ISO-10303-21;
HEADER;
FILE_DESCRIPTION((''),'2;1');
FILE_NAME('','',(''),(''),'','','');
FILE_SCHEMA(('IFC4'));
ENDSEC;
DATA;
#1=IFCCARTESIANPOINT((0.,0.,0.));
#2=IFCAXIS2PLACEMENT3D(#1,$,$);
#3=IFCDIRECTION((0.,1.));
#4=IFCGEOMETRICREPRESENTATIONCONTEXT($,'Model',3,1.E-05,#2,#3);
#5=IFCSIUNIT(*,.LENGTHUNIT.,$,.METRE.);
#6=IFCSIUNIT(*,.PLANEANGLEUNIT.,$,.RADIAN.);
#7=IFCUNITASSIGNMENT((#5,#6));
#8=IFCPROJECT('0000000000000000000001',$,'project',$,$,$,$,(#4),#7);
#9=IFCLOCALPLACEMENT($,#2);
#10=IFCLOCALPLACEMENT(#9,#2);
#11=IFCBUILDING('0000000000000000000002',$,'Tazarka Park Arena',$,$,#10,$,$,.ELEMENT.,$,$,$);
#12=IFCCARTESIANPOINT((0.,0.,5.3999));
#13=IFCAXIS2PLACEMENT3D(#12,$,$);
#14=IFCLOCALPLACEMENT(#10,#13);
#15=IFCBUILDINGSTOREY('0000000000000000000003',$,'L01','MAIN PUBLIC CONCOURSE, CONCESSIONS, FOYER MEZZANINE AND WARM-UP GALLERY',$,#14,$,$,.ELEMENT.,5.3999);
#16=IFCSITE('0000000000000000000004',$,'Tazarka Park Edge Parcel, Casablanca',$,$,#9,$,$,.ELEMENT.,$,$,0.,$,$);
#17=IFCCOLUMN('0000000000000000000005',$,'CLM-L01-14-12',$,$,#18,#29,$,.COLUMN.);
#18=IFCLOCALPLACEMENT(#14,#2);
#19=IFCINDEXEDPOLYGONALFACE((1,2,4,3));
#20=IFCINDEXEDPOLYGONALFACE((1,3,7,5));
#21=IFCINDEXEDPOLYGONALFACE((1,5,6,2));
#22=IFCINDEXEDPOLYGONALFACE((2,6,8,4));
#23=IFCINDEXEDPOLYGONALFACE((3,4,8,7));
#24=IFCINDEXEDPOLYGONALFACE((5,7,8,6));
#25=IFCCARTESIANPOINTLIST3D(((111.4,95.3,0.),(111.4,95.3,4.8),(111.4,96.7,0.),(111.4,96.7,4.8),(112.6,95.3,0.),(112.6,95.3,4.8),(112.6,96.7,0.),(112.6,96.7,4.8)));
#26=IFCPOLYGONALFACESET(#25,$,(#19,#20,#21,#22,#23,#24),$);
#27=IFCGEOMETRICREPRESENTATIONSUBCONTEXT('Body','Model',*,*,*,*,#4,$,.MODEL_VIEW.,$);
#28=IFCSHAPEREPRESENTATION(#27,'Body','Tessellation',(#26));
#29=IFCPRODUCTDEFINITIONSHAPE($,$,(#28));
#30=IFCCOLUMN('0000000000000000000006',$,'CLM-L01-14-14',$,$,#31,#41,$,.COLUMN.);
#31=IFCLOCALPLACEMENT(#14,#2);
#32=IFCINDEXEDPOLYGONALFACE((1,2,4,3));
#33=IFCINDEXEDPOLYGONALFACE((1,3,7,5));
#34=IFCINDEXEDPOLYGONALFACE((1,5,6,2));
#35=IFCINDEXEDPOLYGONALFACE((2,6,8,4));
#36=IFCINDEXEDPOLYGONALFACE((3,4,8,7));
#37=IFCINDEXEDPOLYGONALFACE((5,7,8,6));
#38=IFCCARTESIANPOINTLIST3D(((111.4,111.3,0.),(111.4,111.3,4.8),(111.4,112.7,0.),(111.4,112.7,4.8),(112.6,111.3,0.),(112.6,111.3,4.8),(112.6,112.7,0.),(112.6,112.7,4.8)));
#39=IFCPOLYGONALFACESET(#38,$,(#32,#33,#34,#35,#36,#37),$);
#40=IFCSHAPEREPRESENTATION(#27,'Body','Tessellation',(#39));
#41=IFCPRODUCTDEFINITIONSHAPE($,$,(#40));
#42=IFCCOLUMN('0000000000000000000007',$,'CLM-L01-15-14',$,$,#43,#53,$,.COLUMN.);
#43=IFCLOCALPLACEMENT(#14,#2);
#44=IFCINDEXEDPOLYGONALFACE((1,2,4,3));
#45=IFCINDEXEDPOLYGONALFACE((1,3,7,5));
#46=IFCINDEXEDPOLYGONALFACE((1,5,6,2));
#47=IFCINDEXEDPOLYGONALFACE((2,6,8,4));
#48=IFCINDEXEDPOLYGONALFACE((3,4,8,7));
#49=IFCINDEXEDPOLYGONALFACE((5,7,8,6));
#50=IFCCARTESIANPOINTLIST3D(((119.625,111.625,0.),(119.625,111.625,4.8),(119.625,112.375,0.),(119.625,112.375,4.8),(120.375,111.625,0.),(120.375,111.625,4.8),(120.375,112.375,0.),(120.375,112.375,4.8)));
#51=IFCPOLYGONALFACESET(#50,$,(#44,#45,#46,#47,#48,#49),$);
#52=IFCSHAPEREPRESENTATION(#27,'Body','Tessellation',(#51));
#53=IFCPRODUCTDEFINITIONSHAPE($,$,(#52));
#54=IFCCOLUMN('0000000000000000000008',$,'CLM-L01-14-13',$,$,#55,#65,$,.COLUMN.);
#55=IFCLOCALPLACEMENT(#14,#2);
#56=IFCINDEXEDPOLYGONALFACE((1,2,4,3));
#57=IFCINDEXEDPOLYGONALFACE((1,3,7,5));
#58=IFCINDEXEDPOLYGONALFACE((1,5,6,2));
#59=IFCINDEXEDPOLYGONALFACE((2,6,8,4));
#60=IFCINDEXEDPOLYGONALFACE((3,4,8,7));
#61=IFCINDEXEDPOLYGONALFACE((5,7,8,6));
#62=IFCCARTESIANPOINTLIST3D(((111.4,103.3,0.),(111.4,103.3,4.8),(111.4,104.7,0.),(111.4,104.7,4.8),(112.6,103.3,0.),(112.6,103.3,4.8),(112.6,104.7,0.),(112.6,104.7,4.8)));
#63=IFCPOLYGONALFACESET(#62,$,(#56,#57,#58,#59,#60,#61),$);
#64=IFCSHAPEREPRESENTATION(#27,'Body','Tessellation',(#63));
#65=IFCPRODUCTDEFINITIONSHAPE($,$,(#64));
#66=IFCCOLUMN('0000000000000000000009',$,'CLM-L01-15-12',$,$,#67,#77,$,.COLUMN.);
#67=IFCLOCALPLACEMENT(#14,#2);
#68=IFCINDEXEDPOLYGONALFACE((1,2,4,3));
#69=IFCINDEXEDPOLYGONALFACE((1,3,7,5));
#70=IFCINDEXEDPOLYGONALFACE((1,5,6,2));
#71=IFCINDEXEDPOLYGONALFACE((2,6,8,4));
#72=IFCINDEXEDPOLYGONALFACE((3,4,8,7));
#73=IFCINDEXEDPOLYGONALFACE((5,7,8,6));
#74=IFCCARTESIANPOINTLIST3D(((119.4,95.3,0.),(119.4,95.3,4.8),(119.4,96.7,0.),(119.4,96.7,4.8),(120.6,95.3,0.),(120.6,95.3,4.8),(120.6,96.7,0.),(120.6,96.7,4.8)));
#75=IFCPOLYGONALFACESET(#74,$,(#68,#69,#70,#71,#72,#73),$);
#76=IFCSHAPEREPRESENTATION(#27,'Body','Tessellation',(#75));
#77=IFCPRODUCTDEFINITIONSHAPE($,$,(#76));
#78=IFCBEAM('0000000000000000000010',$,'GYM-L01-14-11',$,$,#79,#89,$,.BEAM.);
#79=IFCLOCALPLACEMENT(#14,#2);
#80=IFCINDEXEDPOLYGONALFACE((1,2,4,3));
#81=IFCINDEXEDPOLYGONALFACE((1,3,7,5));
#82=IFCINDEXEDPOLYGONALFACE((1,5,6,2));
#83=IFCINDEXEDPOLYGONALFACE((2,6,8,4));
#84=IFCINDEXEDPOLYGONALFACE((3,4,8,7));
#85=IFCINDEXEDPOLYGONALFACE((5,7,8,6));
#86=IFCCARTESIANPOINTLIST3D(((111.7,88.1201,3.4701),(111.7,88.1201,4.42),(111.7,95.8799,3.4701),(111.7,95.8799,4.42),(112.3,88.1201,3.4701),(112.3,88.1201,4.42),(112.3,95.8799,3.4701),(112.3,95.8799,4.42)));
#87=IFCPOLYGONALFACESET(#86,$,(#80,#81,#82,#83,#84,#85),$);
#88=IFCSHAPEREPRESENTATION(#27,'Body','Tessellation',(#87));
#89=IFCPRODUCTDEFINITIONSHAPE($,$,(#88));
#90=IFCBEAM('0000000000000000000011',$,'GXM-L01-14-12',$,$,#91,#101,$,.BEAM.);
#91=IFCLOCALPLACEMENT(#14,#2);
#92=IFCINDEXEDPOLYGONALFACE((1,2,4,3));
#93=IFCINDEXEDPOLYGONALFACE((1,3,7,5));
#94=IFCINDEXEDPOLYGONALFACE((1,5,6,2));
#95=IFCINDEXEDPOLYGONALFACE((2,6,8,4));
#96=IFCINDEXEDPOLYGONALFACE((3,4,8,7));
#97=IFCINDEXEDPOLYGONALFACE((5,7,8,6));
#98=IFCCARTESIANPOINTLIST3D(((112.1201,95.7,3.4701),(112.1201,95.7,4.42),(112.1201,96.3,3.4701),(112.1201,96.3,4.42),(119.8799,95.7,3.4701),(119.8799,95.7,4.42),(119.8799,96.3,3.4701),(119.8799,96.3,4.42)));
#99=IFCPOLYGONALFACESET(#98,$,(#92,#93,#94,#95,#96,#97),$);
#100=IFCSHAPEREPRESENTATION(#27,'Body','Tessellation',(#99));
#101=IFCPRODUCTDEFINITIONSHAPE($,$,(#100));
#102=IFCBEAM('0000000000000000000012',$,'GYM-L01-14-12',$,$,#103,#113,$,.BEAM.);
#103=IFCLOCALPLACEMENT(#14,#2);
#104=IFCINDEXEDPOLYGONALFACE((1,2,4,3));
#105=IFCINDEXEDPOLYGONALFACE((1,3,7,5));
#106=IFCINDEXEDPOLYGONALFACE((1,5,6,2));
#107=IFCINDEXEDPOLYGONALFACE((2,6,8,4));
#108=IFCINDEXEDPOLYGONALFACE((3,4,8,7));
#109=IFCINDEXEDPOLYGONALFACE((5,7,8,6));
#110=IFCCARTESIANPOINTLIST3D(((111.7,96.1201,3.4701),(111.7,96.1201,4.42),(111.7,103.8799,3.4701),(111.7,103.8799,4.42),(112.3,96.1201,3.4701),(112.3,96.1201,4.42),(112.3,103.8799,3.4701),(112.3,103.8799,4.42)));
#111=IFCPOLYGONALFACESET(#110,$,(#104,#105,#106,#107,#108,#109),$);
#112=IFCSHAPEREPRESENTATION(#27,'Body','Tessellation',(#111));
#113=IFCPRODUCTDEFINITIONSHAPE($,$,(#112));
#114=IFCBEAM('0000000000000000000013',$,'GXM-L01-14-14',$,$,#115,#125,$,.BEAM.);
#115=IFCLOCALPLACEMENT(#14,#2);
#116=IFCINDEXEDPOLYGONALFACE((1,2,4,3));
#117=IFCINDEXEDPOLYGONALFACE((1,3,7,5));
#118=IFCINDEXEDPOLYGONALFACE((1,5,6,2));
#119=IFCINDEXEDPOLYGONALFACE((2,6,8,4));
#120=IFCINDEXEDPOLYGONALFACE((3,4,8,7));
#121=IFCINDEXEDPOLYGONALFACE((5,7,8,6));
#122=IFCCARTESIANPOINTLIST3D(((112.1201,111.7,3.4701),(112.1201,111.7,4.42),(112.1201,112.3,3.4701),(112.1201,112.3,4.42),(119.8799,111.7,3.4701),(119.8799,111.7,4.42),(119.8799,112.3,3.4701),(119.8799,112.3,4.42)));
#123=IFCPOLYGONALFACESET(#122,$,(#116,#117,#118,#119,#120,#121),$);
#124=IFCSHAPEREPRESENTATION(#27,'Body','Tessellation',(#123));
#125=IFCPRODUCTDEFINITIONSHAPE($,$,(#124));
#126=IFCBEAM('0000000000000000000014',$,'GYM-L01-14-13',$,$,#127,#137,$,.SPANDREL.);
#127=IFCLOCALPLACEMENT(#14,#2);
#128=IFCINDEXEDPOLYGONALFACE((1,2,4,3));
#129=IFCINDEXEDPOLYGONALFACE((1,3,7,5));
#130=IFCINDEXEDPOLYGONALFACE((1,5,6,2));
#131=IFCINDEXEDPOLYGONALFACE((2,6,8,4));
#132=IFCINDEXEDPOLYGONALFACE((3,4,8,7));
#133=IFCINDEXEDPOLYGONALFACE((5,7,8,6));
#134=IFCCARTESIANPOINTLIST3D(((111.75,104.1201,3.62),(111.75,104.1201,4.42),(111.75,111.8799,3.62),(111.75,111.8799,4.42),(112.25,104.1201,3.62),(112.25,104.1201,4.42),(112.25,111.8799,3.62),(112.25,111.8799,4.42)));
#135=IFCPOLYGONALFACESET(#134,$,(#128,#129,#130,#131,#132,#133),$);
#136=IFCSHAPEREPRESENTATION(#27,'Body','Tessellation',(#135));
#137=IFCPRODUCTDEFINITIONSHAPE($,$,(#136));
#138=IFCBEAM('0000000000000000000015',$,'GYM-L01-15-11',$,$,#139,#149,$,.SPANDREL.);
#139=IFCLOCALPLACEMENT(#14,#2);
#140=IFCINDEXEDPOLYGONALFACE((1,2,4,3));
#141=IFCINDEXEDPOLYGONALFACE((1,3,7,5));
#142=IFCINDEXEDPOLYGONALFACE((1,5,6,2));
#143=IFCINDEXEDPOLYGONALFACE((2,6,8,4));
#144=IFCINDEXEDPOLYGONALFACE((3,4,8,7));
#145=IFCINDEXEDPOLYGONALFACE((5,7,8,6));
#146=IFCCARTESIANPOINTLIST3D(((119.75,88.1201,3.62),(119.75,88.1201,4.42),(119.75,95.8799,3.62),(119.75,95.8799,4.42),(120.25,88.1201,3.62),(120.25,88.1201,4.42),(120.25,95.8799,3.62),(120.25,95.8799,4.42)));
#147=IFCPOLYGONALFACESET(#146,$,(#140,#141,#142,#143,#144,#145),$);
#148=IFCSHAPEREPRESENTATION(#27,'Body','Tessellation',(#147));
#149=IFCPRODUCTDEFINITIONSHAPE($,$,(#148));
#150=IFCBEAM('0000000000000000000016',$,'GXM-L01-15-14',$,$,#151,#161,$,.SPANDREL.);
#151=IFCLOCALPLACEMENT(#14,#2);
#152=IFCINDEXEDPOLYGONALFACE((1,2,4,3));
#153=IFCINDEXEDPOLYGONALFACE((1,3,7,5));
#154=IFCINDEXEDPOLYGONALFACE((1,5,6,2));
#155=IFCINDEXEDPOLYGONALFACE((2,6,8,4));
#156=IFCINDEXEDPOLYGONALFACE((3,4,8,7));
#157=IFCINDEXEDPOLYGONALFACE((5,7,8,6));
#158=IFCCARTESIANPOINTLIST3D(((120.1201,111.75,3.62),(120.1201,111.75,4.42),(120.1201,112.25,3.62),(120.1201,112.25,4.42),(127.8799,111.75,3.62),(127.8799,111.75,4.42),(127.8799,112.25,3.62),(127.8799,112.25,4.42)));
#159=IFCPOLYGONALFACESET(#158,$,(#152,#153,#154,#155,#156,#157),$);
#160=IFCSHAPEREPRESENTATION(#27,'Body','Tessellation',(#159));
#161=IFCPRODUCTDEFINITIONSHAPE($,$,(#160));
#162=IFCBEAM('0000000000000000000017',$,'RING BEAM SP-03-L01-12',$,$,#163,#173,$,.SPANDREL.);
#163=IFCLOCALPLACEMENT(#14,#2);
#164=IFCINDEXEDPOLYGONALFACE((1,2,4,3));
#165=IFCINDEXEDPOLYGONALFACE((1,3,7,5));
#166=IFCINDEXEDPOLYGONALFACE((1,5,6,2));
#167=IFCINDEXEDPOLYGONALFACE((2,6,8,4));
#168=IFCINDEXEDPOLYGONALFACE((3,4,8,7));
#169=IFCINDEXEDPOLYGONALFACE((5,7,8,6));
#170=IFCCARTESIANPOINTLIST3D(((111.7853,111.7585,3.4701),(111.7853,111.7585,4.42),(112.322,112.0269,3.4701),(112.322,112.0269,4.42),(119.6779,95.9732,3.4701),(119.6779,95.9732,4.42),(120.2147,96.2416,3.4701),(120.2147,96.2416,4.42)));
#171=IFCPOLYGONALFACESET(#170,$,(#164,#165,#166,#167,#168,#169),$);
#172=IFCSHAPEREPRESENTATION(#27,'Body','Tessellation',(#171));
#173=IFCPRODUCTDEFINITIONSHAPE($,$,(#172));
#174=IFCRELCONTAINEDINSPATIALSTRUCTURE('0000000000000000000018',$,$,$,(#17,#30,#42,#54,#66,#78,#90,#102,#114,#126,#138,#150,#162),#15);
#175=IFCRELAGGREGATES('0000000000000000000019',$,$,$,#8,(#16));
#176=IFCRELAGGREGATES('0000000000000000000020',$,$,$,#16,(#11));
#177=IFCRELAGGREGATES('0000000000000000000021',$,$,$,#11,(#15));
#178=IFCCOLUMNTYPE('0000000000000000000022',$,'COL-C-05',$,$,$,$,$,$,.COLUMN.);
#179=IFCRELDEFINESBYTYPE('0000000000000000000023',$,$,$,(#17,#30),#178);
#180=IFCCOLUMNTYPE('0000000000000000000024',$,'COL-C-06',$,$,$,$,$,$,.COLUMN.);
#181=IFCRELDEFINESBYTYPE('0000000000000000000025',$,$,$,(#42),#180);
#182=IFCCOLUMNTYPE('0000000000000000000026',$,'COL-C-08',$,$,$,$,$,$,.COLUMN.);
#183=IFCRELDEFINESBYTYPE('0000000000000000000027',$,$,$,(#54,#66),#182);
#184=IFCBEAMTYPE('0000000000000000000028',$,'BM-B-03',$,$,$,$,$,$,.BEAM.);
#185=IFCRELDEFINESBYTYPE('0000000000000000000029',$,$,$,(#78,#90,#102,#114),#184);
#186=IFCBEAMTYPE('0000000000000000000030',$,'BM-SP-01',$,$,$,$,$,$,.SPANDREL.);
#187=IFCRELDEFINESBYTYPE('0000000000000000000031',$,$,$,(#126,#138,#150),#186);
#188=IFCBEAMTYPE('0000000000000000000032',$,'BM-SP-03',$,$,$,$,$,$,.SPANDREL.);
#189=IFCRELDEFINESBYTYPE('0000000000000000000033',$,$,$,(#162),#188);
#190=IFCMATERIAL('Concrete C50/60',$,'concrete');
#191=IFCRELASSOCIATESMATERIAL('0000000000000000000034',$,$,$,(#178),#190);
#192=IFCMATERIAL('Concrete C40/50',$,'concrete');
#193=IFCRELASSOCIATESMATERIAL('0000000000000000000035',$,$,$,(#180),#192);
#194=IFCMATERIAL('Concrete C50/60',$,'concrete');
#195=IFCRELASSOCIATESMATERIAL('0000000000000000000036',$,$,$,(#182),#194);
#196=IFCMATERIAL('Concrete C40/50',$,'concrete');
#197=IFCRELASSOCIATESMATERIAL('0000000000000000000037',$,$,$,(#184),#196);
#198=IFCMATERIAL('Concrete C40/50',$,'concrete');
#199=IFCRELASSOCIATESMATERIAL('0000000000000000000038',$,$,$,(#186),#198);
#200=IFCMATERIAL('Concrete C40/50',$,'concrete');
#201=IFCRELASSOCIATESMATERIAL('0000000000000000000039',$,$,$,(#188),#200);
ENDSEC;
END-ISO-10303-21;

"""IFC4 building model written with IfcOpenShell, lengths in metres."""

from ifc_helpers import new_model, si_unit, direction, frame, origin, origin_2d, place, context, subcontext, project, spatial, rectangle, extrude, material, material_profile, profile_set, type_object, element, save


model = new_model("IFC4")

# Units and contexts
model_context = context("Model", 3, precision=1e-05, world=origin(), true_north=direction((0.0, 1.0)))
body_context = subcontext(model_context, "Body", "Model", "MODEL_VIEW")
ifc_project = project(units=[si_unit("LENGTHUNIT", "METRE"), si_unit("PLANEANGLEUNIT", "RADIAN")], contexts=[model_context])

# Site, building, storey
site_placement = place(None, origin())
site = spatial("IfcSite", under=ifc_project, at=site_placement, Name="Tazarka Park Edge Parcel, Casablanca", CompositionType="ELEMENT", RefElevation=0.0)
building_placement = place(site_placement, origin())
building = spatial("IfcBuilding", under=site, at=building_placement, Name="Tazarka Park Arena", CompositionType="ELEMENT")
storey_placement = place(building_placement, frame((0.0, 0.0, 5.3999)))
storey = spatial("IfcBuildingStorey", under=building, at=storey_placement, Name="L01", Description="MAIN PUBLIC CONCOURSE, CONCESSIONS, FOYER MEZZANINE AND WARM-UP GALLERY", CompositionType="ELEMENT", Elevation=5.3999)

# Columns
ifc_material_1 = material(Name="Concrete C50/60", Category="concrete")
ifc_material_profile_1 = material_profile(ifc_material_1, rectangle(XDim=1.2, YDim=1.3999, at=origin_2d()), Name="Concrete C50/60")
ifc_profile_set_1 = profile_set([ifc_material_profile_1], Name="Concrete C50/60")
column_type_1 = type_object("IfcColumnType", Name="COL-C-05", PredefinedType="COLUMN", material=ifc_profile_set_1)
for number, where, z_axis, x_axis, name in (
    (1, (112.0, 96.0, 0.0), (0.0, 0.0, 1.0), (1.0, 0.0, 0.0), "CLM-L01-14-12"),
    (2, (112.0, 112.0, 0.0), (0.0, 0.0, 1.0), (1.0, 0.0, 0.0), "CLM-L01-14-14"),
):
    element("IfcColumn", number, at=place(storey_placement, frame(where, z_axis=z_axis, x_axis=x_axis)), inside=storey, type_object=column_type_1, Name=name, PredefinedType="COLUMN", context=body_context, shape_type="SweptSolid", body=[
        extrude(rectangle(XDim=1.2, YDim=1.3999, at=origin_2d()), origin(), (0.0, 0.0, 1.0), 4.8),
    ])
ifc_material_2 = material(Name="Concrete C40/50", Category="concrete")
ifc_material_profile_2 = material_profile(ifc_material_2, rectangle(XDim=0.75, YDim=0.75, at=origin_2d()), Name="Concrete C40/50")
ifc_profile_set_2 = profile_set([ifc_material_profile_2], Name="Concrete C40/50")
column_type_2 = type_object("IfcColumnType", Name="COL-C-06", PredefinedType="COLUMN", material=ifc_profile_set_2)
column_placement = place(storey_placement, frame((120.0, 112.0, 0.0), z_axis=(0.0, 0.0, 1.0), x_axis=(1.0, 0.0, 0.0)))
element("IfcColumn", 3, at=column_placement, inside=storey, type_object=column_type_2, Name="CLM-L01-15-14", PredefinedType="COLUMN", context=body_context, shape_type="SweptSolid", body=[
    extrude(rectangle(XDim=0.75, YDim=0.75, at=origin_2d()), origin(), (0.0, 0.0, 1.0), 4.8),
])
ifc_material_3 = material(Name="Concrete C50/60", Category="concrete")
ifc_material_profile_3 = material_profile(ifc_material_3, rectangle(XDim=1.2, YDim=1.3999, at=origin_2d()), Name="Concrete C50/60")
ifc_profile_set_3 = profile_set([ifc_material_profile_3], Name="Concrete C50/60")
column_type_3 = type_object("IfcColumnType", Name="COL-C-08", PredefinedType="COLUMN", material=ifc_profile_set_3)
for number, where, z_axis, x_axis, name in (
    (4, (112.0, 104.0, 0.0), (0.0, 0.0, 1.0), (1.0, 0.0, 0.0), "CLM-L01-14-13"),
    (5, (120.0, 96.0, 0.0), (0.0, 0.0, 1.0), (1.0, 0.0, 0.0), "CLM-L01-15-12"),
):
    element("IfcColumn", number, at=place(storey_placement, frame(where, z_axis=z_axis, x_axis=x_axis)), inside=storey, type_object=column_type_3, Name=name, PredefinedType="COLUMN", context=body_context, shape_type="SweptSolid", body=[
        extrude(rectangle(XDim=1.2, YDim=1.3999, at=origin_2d()), origin(), (0.0, 0.0, 1.0), 4.8),
    ])

# Beams
ifc_material_4 = material(Name="Concrete C40/50", Category="concrete")
ifc_material_profile_4 = material_profile(ifc_material_4, rectangle(XDim=0.6001, YDim=0.95, at=origin_2d()), Name="Concrete C40/50")
ifc_profile_set_4 = profile_set([ifc_material_profile_4], Name="Concrete C40/50")
beam_type_1 = type_object("IfcBeamType", Name="BM-B-03", PredefinedType="BEAM", material=ifc_profile_set_4)
for number, where, z_axis, x_axis, name in (
    (6, (112.0, 88.1201, 3.9451), (0.0, 1.0, 0.0), (-1.0, 0.0, 0.0), "GYM-L01-14-11"),
    (7, (112.1201, 96.0, 3.9451), (1.0, 0.0, 0.0), (0.0, 1.0, 0.0), "GXM-L01-14-12"),
    (8, (112.0, 96.1201, 3.9451), (0.0, 1.0, 0.0), (-1.0, 0.0, 0.0), "GYM-L01-14-12"),
    (9, (112.1201, 112.0, 3.9451), (1.0, 0.0, 0.0), (0.0, 1.0, 0.0), "GXM-L01-14-14"),
):
    element("IfcBeam", number, at=place(storey_placement, frame(where, z_axis=z_axis, x_axis=x_axis)), inside=storey, type_object=beam_type_1, Name=name, PredefinedType="BEAM", context=body_context, shape_type="SweptSolid", body=[
        extrude(rectangle(XDim=0.6001, YDim=0.95, at=origin_2d()), origin(), (0.0, 0.0, 1.0), 7.7598),
    ])
ifc_material_5 = material(Name="Concrete C40/50", Category="concrete")
ifc_material_profile_5 = material_profile(ifc_material_5, rectangle(XDim=0.5, YDim=0.8, at=origin_2d()), Name="Concrete C40/50")
ifc_profile_set_5 = profile_set([ifc_material_profile_5], Name="Concrete C40/50")
beam_type_2 = type_object("IfcBeamType", Name="BM-SP-01", PredefinedType="SPANDREL", material=ifc_profile_set_5)
for number, where, z_axis, x_axis, name in (
    (10, (112.0, 104.1201, 4.02), (0.0, 1.0, 0.0), (-1.0, 0.0, 0.0), "GYM-L01-14-13"),
    (11, (120.0, 88.1201, 4.02), (0.0, 1.0, 0.0), (-1.0, 0.0, 0.0), "GYM-L01-15-11"),
    (12, (120.1201, 112.0, 4.02), (1.0, 0.0, 0.0), (0.0, 1.0, 0.0), "GXM-L01-15-14"),
):
    element("IfcBeam", number, at=place(storey_placement, frame(where, z_axis=z_axis, x_axis=x_axis)), inside=storey, type_object=beam_type_2, Name=name, PredefinedType="SPANDREL", context=body_context, shape_type="SweptSolid", body=[
        extrude(rectangle(XDim=0.5, YDim=0.8, at=origin_2d()), origin(), (0.0, 0.0, 1.0), 7.7598),
    ])
ifc_material_6 = material(Name="Concrete C40/50", Category="concrete")
ifc_material_profile_6 = material_profile(ifc_material_6, rectangle(XDim=0.6001, YDim=0.95, at=origin_2d()), Name="Concrete C40/50")
ifc_profile_set_6 = profile_set([ifc_material_profile_6], Name="Concrete C40/50")
beam_type_3 = type_object("IfcBeamType", Name="BM-SP-03", PredefinedType="SPANDREL", material=ifc_profile_set_6)
beam_placement = place(storey_placement, frame((119.9463, 96.1074, 3.9451), z_axis=(-0.447214, 0.894427, 0.0), x_axis=(-0.894427, -0.447214, 0.0)))
element("IfcBeam", 13, at=beam_placement, inside=storey, type_object=beam_type_3, Name="RING BEAM SP-03-L01-12", PredefinedType="SPANDREL", context=body_context, shape_type="SweptSolid", body=[
    extrude(rectangle(XDim=0.6001, YDim=0.95, at=origin_2d()), origin(), (0.0, 0.0, 1.0), 17.6484),
])

save(model, "model.ifc")
